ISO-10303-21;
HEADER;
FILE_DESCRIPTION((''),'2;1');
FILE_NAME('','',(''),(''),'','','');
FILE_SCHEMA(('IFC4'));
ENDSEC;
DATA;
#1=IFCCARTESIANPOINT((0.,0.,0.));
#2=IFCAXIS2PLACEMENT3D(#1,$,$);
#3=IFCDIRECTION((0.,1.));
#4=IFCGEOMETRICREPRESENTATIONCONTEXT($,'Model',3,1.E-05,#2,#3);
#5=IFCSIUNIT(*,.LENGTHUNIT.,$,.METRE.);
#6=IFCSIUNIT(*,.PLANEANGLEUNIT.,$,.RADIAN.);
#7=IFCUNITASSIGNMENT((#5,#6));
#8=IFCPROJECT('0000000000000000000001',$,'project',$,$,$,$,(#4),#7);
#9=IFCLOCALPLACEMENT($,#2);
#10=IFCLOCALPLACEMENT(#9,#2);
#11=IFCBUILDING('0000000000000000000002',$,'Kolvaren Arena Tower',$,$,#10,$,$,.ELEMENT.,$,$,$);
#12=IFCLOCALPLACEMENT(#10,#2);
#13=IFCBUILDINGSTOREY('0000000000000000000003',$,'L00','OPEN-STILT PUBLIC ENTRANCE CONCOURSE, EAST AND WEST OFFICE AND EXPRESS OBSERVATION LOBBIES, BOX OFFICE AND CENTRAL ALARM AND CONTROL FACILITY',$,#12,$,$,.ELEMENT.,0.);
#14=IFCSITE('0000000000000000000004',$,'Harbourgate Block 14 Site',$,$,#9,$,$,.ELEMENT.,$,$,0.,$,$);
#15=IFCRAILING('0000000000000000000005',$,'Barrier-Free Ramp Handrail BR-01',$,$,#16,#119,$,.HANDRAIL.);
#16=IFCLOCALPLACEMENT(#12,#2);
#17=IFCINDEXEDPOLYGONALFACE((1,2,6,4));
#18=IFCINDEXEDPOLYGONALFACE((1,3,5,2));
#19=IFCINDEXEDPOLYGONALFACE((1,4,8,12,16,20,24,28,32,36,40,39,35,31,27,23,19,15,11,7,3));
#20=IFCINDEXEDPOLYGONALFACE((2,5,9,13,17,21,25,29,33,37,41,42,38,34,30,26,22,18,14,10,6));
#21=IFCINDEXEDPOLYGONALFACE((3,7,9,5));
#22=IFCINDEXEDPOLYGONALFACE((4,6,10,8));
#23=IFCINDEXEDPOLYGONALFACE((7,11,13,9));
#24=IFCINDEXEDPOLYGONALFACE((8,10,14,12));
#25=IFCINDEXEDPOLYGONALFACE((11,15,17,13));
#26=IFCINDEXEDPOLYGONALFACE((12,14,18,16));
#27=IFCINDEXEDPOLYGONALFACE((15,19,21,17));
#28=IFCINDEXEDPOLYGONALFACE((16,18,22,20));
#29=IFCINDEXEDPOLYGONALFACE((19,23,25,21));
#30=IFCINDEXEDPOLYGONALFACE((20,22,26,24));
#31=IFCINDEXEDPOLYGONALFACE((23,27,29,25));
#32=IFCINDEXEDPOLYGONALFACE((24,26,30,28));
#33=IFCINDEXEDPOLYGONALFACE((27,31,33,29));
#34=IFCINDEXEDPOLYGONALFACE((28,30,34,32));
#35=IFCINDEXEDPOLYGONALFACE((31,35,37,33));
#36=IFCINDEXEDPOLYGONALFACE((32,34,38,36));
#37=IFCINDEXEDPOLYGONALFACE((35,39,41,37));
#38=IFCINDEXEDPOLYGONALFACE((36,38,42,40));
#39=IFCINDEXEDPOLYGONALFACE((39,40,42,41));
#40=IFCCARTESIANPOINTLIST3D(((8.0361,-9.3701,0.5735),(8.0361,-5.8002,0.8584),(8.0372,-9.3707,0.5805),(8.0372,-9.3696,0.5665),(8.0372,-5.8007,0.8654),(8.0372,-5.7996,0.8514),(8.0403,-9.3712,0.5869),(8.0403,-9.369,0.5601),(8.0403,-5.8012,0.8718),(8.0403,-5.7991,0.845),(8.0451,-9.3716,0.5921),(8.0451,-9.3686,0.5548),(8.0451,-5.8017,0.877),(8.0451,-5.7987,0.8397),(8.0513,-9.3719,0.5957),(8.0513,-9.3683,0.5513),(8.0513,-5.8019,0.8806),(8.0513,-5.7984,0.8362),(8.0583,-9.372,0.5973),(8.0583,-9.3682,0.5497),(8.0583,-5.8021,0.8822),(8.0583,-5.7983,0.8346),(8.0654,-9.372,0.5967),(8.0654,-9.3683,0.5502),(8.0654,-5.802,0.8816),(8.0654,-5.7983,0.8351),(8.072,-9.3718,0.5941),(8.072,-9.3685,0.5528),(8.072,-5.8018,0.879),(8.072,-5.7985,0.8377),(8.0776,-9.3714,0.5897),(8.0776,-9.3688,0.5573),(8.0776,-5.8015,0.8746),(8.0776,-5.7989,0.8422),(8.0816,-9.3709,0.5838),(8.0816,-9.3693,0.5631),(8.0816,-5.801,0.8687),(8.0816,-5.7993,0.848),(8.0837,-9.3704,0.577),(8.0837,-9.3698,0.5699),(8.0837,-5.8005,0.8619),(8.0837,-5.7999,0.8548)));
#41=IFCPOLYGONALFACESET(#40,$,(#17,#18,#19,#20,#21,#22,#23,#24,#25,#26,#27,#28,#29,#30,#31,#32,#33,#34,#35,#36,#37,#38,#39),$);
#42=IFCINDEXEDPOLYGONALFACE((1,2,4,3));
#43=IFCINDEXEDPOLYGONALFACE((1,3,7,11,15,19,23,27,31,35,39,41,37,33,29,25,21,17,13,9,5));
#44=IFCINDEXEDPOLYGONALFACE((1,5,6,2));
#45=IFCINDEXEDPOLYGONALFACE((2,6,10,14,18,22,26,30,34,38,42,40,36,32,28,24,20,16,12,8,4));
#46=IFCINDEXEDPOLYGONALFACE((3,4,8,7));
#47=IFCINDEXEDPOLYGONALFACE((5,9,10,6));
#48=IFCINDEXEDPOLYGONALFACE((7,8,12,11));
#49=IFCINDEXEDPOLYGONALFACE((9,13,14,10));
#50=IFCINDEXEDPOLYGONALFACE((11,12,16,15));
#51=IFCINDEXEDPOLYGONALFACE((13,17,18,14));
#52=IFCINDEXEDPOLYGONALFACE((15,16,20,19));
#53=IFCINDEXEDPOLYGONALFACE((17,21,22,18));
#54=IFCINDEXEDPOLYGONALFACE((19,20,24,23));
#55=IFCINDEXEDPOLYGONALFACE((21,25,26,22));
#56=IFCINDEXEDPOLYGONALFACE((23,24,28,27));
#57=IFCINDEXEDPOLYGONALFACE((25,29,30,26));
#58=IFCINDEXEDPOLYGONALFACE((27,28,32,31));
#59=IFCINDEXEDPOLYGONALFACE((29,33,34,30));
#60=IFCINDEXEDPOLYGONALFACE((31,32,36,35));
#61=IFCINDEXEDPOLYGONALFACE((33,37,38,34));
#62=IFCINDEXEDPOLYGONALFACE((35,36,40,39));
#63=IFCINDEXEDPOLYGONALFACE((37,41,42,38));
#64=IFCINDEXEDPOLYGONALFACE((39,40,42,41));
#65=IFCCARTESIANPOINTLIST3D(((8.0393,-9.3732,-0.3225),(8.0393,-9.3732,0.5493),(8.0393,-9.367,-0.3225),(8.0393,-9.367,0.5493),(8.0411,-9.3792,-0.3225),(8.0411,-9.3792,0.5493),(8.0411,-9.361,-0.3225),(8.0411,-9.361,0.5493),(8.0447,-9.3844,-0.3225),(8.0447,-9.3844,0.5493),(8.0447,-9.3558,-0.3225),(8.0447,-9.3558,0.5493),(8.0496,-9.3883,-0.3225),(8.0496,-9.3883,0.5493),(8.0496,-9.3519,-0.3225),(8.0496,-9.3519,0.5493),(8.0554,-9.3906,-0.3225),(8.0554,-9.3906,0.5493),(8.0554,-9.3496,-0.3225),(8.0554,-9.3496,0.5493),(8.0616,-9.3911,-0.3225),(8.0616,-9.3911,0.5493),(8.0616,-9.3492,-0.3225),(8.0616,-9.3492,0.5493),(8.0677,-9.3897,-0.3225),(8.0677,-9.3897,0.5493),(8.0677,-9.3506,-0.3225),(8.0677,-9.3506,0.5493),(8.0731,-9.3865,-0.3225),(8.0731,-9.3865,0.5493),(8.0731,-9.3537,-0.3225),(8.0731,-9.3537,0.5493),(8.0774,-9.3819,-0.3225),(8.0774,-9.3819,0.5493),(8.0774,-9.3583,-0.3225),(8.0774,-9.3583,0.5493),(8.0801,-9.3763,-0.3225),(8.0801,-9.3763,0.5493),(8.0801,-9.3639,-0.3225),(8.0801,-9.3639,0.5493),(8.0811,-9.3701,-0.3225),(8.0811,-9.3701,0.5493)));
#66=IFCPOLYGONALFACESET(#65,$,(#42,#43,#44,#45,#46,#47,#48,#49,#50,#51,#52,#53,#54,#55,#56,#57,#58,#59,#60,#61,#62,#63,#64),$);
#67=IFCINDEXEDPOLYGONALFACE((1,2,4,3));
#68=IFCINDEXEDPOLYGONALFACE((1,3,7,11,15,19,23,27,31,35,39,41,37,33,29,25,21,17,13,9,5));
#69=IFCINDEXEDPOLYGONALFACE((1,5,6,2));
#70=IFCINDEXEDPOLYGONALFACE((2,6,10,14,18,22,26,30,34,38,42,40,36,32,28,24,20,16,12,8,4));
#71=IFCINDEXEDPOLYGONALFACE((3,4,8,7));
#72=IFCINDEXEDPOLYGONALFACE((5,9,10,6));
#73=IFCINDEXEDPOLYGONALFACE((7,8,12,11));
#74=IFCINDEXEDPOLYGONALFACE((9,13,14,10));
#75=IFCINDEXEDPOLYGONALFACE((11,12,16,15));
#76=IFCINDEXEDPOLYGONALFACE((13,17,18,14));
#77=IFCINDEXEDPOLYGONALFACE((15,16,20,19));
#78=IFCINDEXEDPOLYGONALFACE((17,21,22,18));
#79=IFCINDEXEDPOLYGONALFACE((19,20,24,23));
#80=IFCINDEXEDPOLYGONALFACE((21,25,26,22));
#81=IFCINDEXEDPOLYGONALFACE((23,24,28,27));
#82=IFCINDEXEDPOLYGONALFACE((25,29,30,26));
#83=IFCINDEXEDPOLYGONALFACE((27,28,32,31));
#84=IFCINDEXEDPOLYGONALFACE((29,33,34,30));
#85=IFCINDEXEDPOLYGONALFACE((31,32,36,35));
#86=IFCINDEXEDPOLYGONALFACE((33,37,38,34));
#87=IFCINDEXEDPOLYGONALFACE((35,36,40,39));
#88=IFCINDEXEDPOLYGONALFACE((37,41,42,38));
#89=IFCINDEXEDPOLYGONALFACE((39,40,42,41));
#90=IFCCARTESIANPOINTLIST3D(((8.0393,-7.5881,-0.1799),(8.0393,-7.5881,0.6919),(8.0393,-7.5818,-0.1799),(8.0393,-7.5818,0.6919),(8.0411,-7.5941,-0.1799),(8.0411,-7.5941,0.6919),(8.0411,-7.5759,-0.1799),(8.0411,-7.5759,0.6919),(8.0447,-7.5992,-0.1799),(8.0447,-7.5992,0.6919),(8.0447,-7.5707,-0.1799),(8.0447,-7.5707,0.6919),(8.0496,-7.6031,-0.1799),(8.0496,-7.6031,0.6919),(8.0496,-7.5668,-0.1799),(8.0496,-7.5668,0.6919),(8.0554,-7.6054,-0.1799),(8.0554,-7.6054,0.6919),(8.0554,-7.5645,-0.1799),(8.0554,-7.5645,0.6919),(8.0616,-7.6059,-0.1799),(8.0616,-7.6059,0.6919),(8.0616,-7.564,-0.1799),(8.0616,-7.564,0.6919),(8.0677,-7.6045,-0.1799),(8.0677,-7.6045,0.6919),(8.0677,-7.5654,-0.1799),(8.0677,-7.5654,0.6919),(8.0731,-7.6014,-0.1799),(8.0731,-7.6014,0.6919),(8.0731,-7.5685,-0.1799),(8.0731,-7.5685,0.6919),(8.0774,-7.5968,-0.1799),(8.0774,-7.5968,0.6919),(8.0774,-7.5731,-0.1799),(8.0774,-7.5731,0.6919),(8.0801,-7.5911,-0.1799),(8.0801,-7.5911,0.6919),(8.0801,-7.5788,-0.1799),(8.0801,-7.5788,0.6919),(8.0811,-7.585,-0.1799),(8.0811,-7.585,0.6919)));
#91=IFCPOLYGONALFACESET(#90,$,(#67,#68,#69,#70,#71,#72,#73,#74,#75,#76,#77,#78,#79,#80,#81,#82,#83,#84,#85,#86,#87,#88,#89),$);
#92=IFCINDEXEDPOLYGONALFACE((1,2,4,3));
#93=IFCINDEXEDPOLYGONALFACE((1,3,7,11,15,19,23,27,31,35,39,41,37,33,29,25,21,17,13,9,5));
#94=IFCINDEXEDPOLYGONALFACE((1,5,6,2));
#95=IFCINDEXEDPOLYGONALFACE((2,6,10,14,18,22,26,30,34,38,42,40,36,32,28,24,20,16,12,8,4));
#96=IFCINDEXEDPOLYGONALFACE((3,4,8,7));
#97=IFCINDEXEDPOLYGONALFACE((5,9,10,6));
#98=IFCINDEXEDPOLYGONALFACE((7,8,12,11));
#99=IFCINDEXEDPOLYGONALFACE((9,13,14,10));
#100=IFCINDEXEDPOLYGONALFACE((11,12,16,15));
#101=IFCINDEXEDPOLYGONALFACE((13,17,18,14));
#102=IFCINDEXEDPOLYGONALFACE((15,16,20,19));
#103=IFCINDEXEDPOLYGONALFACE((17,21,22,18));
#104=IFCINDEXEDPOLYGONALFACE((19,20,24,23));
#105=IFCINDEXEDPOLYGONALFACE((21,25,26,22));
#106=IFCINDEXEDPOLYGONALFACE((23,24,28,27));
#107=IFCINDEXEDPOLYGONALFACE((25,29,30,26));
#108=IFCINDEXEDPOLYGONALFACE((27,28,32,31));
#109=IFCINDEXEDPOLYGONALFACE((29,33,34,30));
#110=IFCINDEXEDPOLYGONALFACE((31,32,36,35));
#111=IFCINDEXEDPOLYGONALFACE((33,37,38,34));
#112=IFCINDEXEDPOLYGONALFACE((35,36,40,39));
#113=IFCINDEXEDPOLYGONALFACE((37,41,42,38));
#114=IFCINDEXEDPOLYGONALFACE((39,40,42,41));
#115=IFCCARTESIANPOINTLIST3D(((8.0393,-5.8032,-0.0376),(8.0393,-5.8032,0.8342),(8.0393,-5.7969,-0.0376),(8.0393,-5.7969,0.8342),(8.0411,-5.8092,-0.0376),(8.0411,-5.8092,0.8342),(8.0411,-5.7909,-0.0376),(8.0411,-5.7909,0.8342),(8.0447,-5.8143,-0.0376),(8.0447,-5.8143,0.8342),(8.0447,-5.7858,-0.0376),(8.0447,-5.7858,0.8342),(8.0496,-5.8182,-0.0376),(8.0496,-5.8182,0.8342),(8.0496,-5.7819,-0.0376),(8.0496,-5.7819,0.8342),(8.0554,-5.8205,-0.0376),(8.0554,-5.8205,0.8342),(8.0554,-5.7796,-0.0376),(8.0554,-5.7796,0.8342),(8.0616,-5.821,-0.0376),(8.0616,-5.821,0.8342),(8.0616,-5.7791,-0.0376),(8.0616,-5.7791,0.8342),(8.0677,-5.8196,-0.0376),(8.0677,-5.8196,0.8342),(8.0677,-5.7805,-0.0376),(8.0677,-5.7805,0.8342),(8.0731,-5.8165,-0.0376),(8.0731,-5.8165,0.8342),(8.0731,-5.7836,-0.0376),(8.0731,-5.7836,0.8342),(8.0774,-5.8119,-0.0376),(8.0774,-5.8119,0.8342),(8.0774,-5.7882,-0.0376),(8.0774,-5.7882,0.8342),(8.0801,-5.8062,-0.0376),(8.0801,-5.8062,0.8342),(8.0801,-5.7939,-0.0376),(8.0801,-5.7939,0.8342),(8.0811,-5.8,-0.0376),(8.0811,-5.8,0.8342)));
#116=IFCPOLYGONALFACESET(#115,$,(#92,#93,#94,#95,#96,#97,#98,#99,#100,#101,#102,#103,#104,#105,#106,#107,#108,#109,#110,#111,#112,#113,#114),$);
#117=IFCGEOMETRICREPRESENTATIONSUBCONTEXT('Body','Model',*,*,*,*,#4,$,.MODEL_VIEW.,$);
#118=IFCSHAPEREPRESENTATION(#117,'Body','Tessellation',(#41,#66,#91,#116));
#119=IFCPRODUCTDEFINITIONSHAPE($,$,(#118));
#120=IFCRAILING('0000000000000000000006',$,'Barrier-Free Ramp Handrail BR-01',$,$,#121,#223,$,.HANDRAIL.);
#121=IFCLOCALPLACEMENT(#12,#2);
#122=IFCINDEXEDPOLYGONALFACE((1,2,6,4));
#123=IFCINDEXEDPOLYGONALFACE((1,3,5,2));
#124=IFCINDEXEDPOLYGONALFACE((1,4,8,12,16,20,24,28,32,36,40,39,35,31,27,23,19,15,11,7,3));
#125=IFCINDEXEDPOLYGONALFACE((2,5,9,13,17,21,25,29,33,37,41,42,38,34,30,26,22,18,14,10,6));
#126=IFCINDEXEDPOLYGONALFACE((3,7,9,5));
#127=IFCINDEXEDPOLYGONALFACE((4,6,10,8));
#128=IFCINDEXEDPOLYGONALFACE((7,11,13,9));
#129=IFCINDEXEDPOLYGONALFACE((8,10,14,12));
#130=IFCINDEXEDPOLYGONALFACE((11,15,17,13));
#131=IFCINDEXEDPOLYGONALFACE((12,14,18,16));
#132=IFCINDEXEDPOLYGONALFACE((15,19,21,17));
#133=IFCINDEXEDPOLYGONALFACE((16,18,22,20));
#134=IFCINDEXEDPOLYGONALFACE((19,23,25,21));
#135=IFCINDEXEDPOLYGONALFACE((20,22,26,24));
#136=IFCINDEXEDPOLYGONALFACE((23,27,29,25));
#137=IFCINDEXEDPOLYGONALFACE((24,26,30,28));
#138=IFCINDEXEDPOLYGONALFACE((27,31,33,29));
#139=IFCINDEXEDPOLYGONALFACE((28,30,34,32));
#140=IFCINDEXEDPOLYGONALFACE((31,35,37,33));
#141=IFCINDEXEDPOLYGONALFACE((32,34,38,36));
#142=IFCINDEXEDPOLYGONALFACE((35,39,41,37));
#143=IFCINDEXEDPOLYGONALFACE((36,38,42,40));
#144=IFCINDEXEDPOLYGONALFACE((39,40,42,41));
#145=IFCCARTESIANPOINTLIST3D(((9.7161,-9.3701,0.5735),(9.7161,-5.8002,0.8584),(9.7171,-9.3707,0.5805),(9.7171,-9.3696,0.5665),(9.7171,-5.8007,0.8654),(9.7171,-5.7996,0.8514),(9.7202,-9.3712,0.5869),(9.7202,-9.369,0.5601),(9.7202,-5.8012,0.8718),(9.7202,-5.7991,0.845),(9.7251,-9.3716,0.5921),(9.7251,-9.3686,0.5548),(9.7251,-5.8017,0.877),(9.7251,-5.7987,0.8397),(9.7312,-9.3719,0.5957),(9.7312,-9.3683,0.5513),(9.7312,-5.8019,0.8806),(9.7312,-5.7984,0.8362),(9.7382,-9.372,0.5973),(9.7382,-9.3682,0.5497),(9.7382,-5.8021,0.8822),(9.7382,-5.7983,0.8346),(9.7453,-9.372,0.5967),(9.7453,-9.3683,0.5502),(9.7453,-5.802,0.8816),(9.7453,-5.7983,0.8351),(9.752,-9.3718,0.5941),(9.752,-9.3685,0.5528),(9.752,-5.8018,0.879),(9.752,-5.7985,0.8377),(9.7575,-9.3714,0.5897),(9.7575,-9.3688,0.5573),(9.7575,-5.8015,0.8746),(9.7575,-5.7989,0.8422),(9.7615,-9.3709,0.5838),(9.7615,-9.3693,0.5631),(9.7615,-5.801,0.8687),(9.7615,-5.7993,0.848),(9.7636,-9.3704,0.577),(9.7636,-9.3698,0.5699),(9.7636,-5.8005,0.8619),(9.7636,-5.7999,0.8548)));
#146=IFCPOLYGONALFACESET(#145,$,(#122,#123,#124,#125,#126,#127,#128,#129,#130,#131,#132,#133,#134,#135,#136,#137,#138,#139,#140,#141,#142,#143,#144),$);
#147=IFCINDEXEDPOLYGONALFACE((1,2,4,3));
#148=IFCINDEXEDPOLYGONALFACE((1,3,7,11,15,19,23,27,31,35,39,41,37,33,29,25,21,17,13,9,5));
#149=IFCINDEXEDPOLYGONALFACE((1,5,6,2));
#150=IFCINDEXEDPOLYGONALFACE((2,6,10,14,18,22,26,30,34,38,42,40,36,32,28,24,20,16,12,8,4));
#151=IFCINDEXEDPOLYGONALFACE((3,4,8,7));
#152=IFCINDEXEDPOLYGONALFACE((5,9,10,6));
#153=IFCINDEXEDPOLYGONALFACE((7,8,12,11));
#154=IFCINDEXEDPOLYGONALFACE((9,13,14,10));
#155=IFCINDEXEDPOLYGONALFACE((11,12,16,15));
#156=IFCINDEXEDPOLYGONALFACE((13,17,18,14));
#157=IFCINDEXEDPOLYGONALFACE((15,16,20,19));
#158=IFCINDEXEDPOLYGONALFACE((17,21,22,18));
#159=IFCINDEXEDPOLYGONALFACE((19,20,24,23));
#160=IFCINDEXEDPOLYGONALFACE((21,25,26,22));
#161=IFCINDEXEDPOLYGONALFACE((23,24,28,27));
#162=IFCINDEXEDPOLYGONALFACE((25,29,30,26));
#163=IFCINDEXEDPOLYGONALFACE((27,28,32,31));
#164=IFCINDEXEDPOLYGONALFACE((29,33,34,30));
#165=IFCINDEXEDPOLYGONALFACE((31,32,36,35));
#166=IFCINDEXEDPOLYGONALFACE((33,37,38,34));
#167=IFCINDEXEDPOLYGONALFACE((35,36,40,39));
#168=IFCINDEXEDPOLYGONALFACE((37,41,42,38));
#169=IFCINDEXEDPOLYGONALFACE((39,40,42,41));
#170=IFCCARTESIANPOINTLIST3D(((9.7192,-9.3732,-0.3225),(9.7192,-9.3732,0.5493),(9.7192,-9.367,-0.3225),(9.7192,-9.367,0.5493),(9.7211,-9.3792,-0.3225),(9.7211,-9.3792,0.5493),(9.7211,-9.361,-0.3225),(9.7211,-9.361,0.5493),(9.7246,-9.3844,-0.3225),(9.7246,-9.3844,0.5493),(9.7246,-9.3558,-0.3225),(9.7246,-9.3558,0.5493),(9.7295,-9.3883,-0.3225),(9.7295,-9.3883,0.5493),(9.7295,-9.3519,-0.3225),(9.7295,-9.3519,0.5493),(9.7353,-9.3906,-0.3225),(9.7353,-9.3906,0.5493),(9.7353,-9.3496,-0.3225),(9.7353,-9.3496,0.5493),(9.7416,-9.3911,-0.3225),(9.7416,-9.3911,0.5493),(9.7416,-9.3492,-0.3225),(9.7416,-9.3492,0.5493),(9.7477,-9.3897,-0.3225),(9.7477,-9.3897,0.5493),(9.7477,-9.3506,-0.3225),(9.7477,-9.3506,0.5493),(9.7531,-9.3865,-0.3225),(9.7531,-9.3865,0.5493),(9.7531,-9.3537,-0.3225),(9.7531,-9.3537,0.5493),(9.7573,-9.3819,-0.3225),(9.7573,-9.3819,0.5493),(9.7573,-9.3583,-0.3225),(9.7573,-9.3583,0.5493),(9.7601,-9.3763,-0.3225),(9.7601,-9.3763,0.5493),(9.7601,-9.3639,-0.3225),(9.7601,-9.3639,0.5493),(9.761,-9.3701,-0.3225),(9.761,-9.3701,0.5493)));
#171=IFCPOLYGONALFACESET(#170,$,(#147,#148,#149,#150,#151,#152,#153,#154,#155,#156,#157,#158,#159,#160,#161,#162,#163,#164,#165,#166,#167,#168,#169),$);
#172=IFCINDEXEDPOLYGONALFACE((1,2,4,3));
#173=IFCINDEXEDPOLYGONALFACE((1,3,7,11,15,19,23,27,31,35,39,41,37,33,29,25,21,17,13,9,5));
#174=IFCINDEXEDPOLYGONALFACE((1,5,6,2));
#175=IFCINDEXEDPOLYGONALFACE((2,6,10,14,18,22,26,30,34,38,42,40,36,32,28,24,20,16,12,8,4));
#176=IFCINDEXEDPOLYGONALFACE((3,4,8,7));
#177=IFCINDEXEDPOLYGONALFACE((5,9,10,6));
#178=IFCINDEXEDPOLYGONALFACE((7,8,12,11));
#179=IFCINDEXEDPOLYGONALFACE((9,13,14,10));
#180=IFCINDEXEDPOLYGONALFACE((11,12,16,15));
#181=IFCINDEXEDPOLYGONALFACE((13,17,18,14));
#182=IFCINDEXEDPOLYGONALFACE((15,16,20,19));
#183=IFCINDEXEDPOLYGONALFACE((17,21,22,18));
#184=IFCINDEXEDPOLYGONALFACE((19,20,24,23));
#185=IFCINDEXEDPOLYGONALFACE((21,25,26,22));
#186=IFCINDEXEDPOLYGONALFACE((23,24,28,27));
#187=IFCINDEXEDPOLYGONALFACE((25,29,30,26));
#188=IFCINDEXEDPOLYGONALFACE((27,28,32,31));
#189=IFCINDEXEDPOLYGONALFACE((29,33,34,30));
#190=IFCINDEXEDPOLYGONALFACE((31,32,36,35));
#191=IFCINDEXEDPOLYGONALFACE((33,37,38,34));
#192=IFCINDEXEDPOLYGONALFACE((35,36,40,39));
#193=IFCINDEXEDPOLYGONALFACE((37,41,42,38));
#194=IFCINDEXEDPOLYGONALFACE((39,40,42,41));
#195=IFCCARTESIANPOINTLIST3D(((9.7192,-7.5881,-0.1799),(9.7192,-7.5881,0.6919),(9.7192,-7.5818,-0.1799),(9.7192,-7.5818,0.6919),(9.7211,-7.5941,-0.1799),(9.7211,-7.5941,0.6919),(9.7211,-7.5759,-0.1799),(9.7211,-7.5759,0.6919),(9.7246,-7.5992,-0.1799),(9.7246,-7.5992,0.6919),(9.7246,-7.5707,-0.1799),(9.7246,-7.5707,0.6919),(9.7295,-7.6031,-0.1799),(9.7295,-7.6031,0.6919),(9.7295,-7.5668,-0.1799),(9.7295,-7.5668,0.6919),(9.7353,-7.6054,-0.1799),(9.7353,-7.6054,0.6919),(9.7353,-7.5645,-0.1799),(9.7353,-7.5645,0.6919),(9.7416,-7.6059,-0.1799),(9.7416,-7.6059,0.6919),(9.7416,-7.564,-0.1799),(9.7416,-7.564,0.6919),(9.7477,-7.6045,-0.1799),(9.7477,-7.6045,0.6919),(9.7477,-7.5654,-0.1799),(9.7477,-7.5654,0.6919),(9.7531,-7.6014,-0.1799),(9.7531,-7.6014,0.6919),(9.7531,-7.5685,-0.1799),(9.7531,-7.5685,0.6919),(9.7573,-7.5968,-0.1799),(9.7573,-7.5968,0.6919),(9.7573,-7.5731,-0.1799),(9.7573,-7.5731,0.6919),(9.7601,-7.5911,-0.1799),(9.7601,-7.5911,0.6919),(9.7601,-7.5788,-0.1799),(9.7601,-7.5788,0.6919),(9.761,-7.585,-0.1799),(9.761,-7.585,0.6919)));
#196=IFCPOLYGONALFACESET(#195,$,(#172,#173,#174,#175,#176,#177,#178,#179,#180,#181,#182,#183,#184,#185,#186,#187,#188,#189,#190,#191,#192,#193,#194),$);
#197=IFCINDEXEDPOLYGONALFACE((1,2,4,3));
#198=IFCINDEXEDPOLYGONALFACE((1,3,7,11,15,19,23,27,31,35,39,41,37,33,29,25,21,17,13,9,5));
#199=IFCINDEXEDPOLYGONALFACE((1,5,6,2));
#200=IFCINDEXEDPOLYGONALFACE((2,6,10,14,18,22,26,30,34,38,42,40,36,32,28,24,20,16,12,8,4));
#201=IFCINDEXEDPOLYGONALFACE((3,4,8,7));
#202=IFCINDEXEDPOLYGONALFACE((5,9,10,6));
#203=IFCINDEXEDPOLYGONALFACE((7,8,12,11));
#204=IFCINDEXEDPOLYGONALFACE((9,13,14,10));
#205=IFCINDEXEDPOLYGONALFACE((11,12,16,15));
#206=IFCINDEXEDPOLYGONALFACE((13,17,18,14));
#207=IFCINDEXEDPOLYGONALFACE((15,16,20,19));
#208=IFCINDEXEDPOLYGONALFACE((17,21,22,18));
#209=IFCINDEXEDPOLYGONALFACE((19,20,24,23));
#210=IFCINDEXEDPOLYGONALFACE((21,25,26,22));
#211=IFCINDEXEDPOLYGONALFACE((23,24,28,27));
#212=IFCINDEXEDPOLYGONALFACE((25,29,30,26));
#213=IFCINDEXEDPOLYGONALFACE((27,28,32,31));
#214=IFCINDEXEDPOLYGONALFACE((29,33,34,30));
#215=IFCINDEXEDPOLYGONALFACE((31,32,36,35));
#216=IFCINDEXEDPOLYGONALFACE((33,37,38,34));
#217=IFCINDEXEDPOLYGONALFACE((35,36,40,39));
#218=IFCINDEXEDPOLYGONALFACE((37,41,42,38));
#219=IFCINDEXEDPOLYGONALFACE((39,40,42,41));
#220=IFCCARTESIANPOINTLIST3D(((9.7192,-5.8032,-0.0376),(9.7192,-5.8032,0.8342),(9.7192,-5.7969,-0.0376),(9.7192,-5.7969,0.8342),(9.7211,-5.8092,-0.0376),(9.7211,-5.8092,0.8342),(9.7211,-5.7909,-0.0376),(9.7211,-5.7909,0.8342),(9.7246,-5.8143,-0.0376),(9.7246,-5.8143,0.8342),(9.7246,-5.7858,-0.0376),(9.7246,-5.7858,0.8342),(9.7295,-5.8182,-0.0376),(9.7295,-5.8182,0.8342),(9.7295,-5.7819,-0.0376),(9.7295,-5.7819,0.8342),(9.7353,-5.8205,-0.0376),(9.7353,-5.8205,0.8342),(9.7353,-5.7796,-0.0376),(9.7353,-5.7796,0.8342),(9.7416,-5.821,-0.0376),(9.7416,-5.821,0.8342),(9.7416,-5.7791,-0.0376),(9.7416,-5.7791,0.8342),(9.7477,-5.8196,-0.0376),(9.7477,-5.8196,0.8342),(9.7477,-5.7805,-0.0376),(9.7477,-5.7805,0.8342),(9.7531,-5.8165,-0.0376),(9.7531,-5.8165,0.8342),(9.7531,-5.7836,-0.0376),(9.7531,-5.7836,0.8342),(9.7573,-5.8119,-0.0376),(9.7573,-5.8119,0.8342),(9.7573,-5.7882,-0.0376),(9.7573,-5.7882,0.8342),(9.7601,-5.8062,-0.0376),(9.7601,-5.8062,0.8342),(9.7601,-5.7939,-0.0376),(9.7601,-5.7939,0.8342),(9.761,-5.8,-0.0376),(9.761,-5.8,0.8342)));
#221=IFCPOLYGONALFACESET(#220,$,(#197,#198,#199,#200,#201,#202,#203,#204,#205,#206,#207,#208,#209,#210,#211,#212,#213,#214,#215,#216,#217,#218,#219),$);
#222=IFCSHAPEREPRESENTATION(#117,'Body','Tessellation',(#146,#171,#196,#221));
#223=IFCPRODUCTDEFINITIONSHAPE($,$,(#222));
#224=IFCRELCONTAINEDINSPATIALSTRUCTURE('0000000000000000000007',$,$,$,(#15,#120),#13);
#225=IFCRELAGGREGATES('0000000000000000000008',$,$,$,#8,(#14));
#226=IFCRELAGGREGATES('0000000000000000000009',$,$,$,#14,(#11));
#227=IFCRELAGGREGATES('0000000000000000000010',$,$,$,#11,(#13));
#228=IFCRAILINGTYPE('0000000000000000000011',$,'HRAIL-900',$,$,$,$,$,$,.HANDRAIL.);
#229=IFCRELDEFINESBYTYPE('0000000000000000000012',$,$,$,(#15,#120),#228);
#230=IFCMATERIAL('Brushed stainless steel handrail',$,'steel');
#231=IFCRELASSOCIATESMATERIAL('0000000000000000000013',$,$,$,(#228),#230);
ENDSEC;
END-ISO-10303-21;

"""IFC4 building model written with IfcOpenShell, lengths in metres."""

from ifc_helpers import new_model, si_unit, direction, frame, origin, origin_2d, place, context, subcontext, project, spatial, circle, extrude, material, type_object, element, save


model = new_model("IFC4")

# Units and contexts
model_context = context("Model", 3, precision=1e-05, world=origin(), true_north=direction((0.0, 1.0)))
body_context = subcontext(model_context, "Body", "Model", "MODEL_VIEW")
ifc_project = project(units=[si_unit("LENGTHUNIT", "METRE"), si_unit("PLANEANGLEUNIT", "RADIAN")], contexts=[model_context])

# Site, building, storey
site_placement = place(None, origin())
site = spatial("IfcSite", under=ifc_project, at=site_placement, Name="Harbourgate Block 14 Site", CompositionType="ELEMENT", RefElevation=0.0)
building_placement = place(site_placement, origin())
building = spatial("IfcBuilding", under=site, at=building_placement, Name="Kolvaren Arena Tower", CompositionType="ELEMENT")
storey_placement = place(building_placement, origin())
storey = spatial("IfcBuildingStorey", under=building, at=storey_placement, Name="L00", Description="OPEN-STILT PUBLIC ENTRANCE CONCOURSE, EAST AND WEST OFFICE AND EXPRESS OBSERVATION LOBBIES, BOX OFFICE AND CENTRAL ALARM AND CONTROL FACILITY", CompositionType="ELEMENT", Elevation=0.0)

# Railings
ifc_material_1 = material(Name="Brushed stainless steel handrail", Category="steel")
railing_type = type_object("IfcRailingType", Name="HRAIL-900", PredefinedType="HANDRAIL", material=ifc_material_1)
for number, where, name in (
    (1, (8.0601, -9.3701, -0.3225), "Barrier-Free Ramp Handrail BR-01"),
    (2, (9.74, -9.3701, -0.3225), "Barrier-Free Ramp Handrail BR-01"),
):
    element("IfcRailing", number, at=place(storey_placement, frame(where)), inside=storey, type_object=railing_type, Name=name, PredefinedType="HANDRAIL", context=body_context, shape_type="SweptSolid", body=[
        extrude(circle(Radius=0.0239, at=origin_2d()), frame((0.0, 0.0, 0.896), z_axis=(0.0, 0.996831, 0.079553), x_axis=(-1.0, 0.0, 0.0)), (0.0, 0.0, 1.0), 3.5813),
        extrude(circle(Radius=0.021, at=origin_2d()), origin(), (0.0, 0.0, 1.0), 0.8718),
        extrude(circle(Radius=0.021, at=origin_2d()), frame((0.0, 1.7852, 0.1426)), (0.0, 0.0, 1.0), 0.8718),
        extrude(circle(Radius=0.021, at=origin_2d()), frame((0.0, 3.5701, 0.2849)), (0.0, 0.0, 1.0), 0.8718),
    ])

save(model, "model.ifc")
